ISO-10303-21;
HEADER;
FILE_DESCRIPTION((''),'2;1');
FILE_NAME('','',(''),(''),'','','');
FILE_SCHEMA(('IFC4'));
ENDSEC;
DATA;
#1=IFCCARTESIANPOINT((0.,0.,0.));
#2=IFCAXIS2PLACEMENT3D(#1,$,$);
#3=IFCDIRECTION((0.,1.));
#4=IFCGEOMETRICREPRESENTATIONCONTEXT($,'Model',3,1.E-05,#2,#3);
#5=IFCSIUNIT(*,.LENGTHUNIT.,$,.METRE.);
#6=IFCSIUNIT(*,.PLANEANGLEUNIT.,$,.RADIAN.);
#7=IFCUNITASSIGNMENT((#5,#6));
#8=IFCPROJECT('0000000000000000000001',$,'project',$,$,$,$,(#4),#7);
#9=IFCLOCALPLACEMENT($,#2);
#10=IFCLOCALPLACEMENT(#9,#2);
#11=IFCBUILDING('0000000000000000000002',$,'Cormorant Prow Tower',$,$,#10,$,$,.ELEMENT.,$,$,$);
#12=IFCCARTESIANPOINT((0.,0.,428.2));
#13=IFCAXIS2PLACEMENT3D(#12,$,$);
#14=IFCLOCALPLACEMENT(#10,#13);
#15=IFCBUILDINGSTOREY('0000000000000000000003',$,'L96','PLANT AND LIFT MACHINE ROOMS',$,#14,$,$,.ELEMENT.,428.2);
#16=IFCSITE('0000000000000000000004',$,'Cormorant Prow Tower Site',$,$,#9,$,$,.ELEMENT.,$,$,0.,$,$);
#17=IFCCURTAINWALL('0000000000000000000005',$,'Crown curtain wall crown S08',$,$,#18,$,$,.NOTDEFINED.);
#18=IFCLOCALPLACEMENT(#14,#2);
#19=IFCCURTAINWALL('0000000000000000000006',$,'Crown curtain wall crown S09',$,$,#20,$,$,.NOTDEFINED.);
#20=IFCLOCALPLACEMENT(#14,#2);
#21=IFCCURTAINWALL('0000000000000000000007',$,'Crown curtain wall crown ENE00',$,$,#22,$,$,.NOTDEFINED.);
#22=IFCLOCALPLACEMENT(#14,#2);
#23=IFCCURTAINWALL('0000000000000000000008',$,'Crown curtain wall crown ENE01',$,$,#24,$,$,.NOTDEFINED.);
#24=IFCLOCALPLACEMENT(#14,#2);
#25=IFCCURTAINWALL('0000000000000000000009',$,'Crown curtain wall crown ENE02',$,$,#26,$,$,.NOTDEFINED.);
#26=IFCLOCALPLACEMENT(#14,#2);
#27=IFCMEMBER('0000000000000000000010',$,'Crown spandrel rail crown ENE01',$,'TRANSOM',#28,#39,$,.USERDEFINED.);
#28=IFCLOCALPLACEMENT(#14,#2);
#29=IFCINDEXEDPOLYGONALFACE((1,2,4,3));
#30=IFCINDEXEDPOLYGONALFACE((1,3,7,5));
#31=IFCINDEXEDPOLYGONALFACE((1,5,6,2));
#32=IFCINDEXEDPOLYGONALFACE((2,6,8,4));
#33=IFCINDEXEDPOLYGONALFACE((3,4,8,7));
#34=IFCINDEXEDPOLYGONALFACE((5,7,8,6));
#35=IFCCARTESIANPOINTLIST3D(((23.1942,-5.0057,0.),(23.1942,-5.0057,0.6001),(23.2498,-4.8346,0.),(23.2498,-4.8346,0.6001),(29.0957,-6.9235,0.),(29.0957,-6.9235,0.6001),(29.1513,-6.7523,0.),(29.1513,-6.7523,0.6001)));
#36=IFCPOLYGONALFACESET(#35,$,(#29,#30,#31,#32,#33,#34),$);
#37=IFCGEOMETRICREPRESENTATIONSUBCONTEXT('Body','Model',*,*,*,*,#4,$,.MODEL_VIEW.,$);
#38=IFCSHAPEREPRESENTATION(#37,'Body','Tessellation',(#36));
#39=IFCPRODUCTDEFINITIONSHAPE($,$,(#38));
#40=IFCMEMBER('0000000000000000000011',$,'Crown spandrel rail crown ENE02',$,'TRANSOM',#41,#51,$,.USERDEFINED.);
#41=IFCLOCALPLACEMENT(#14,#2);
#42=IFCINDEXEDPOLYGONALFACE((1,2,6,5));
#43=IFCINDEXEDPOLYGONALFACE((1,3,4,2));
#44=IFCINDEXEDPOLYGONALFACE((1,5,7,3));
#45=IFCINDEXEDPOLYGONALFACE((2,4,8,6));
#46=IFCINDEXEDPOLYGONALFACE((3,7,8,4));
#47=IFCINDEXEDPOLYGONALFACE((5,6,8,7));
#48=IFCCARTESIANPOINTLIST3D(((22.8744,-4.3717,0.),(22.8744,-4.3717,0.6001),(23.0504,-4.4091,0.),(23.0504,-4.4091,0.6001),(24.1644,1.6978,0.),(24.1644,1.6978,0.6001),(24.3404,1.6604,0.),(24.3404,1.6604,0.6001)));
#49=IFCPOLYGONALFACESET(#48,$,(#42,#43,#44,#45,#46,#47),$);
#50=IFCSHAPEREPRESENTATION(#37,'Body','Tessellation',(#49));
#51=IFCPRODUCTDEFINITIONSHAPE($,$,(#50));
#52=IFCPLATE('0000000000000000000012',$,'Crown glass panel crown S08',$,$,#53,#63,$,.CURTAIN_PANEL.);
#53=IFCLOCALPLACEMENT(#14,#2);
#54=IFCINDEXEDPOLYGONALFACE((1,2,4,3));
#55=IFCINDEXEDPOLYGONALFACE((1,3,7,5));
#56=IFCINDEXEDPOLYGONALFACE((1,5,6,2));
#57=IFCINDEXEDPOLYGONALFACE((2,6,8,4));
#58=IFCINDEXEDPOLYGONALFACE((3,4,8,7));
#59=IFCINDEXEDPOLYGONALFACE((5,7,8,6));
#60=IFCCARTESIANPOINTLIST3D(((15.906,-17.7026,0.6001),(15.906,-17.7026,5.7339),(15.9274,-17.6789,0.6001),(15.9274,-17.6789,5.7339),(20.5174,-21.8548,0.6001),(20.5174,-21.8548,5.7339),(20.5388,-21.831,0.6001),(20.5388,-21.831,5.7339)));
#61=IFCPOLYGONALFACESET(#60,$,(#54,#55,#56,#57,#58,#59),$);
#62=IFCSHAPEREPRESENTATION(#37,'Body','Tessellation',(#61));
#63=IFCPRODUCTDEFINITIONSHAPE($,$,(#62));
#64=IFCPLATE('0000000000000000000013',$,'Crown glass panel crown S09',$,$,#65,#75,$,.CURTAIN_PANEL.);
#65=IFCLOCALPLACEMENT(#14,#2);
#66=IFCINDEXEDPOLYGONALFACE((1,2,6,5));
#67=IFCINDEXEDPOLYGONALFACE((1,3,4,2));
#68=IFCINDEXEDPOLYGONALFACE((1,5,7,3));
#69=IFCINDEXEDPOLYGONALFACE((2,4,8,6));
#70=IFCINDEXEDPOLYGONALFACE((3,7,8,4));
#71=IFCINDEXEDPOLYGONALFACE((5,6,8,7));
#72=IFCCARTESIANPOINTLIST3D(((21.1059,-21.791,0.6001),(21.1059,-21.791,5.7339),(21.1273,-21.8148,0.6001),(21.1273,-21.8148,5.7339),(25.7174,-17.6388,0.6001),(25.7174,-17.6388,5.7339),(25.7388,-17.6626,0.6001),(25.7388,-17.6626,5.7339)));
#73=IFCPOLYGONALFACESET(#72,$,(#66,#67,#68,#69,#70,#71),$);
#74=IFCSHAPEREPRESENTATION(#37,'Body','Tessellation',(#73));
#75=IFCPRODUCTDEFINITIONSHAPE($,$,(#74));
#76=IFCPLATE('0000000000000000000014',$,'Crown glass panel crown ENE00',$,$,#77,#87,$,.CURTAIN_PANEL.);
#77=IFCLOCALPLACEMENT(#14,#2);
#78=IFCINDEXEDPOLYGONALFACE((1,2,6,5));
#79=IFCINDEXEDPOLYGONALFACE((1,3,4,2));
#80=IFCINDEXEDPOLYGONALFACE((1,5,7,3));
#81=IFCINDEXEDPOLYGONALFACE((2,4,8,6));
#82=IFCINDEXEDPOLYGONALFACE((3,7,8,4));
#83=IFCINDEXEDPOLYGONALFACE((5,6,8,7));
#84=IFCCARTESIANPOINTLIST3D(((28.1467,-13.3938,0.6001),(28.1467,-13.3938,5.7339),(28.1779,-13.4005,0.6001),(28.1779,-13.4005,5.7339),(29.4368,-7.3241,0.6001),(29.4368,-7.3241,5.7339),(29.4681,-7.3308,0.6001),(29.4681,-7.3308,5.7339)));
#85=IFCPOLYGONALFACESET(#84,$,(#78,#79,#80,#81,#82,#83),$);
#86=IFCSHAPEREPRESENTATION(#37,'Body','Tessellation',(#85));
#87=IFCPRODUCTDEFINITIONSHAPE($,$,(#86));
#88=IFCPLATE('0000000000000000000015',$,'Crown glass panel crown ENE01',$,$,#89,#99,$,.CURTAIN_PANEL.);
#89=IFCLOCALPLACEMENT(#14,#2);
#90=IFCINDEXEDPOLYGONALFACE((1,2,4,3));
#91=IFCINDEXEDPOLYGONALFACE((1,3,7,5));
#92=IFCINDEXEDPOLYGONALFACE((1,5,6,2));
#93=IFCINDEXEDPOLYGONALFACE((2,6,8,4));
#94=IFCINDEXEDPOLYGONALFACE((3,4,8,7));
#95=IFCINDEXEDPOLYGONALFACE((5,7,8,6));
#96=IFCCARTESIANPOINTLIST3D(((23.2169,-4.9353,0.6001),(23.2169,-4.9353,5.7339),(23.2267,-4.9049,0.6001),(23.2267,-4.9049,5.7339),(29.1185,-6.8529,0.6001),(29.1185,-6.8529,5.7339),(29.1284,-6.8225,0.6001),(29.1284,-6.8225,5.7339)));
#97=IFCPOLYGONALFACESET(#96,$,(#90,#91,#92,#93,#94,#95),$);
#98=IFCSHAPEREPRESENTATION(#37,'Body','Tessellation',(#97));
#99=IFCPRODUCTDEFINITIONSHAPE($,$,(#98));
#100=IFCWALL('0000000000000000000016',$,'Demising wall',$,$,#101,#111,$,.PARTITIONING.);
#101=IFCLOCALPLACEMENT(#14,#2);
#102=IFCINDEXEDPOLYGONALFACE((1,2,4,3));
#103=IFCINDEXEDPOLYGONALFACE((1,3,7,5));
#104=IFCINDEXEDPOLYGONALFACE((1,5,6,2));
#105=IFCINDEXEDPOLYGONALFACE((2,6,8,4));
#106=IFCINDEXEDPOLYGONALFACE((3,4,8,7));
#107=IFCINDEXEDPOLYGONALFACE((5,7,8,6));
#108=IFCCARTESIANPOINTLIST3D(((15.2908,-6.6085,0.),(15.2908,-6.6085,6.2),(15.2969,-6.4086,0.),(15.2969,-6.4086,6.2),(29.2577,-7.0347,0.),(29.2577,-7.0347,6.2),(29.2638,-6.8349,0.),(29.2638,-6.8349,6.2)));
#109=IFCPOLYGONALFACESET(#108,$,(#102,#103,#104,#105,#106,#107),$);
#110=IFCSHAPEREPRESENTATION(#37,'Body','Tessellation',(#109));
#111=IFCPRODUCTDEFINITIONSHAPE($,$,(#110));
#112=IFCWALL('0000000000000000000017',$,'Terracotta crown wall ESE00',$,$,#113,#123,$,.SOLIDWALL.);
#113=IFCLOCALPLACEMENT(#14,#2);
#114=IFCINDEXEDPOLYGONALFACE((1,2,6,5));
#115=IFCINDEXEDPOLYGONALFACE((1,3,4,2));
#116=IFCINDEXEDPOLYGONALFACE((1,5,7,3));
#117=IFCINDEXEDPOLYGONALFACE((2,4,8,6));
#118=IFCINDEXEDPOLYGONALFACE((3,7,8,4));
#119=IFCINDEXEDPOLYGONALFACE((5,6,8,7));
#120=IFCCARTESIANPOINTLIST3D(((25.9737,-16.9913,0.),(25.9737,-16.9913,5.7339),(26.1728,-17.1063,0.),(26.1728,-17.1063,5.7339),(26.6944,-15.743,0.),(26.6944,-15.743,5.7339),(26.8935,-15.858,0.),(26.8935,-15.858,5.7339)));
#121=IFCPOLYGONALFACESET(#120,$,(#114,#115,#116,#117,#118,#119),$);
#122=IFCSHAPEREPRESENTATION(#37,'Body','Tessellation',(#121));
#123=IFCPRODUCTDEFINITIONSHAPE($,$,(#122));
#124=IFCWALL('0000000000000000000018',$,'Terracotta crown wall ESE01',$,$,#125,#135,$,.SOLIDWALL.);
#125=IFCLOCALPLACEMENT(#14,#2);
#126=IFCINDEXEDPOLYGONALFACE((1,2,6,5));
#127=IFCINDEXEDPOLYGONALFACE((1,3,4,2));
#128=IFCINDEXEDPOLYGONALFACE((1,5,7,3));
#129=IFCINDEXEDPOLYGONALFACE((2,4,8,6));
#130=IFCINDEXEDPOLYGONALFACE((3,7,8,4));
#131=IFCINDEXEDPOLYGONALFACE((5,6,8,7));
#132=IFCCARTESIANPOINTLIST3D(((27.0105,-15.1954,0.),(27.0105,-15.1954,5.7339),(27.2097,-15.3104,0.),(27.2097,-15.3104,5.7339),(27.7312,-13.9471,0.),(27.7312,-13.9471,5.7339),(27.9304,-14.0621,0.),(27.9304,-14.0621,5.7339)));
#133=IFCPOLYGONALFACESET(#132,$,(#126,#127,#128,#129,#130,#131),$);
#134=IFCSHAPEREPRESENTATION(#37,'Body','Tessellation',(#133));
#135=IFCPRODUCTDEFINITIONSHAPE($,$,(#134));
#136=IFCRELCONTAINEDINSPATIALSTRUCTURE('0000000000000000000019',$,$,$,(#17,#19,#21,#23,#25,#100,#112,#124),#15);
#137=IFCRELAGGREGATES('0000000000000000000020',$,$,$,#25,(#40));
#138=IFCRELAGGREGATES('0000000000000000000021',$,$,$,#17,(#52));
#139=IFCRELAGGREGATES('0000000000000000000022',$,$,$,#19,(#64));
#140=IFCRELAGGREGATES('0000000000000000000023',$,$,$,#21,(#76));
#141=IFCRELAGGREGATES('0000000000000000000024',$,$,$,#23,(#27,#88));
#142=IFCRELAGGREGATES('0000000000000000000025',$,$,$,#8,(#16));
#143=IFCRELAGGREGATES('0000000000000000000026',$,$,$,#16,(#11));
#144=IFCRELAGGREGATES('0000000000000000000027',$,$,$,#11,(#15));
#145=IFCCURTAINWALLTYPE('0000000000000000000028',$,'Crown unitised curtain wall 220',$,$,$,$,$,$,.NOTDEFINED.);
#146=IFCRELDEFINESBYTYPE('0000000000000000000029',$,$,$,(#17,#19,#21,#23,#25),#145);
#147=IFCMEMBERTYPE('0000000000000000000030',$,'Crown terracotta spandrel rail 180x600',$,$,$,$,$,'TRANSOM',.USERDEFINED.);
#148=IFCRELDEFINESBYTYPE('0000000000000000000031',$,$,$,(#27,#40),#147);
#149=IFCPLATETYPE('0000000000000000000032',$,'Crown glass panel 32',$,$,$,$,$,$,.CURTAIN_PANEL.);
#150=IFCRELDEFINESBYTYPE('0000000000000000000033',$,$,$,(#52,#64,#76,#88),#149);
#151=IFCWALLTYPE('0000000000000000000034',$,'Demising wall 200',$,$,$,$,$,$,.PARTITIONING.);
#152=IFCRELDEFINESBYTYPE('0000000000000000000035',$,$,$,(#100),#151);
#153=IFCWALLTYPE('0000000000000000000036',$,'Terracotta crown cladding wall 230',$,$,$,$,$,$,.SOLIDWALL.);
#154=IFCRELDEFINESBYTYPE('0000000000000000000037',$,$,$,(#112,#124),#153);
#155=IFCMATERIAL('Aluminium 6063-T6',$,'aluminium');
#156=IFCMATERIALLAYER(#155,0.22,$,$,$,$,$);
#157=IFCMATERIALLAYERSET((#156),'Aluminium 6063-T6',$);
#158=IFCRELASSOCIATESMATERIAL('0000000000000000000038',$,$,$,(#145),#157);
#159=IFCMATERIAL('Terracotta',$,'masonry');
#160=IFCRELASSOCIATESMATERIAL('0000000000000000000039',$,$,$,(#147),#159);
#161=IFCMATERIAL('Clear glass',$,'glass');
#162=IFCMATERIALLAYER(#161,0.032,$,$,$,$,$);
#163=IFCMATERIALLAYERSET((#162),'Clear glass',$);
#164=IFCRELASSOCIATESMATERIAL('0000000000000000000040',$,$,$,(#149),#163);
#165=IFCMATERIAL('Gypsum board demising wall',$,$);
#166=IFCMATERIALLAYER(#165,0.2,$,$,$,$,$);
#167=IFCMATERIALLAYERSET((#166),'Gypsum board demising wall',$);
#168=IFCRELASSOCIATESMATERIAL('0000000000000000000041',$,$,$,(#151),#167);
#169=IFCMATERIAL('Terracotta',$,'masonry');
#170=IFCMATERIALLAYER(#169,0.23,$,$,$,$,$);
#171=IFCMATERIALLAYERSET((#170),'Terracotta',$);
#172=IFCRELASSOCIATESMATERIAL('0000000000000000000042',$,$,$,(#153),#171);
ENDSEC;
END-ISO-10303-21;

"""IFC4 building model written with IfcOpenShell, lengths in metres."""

from ifc_helpers import new_model, si_unit, direction, frame, frame_2d, origin, origin_2d, place, context, subcontext, project, spatial, rectangle, extrude, material, layer, layer_set, material_profile, profile_set, type_object, element, aggregate, save


model = new_model("IFC4")

# Units and contexts
model_context = context("Model", 3, precision=1e-05, world=origin(), true_north=direction((0.0, 1.0)))
body_context = subcontext(model_context, "Body", "Model", "MODEL_VIEW")
ifc_project = project(units=[si_unit("LENGTHUNIT", "METRE"), si_unit("PLANEANGLEUNIT", "RADIAN")], contexts=[model_context])

# Site, building, storey
site_placement = place(None, origin())
site = spatial("IfcSite", under=ifc_project, at=site_placement, Name="Cormorant Prow Tower Site", CompositionType="ELEMENT", RefElevation=0.0)
building_placement = place(site_placement, origin())
building = spatial("IfcBuilding", under=site, at=building_placement, Name="Cormorant Prow Tower", CompositionType="ELEMENT")
storey_placement = place(building_placement, frame((0.0, 0.0, 428.2)))
storey = spatial("IfcBuildingStorey", under=building, at=storey_placement, Name="L96", Description="PLANT AND LIFT MACHINE ROOMS", CompositionType="ELEMENT", Elevation=428.2)

# Curtain walls
ifc_material_1 = material(Name="Aluminium 6063-T6", Category="aluminium")
ifc_layer_1 = layer(ifc_material_1, 0.22)
ifc_layer_set_1 = layer_set([ifc_layer_1], Name="Aluminium 6063-T6")
curtain_wall_type = type_object("IfcCurtainWallType", Name="Crown unitised curtain wall 220", PredefinedType="NOTDEFINED", material=ifc_layer_set_1)
curtain_wall_1_placement = place(storey_placement, origin())
curtain_wall_1 = element("IfcCurtainWall", 1, at=curtain_wall_1_placement, inside=storey, type_object=curtain_wall_type, Name="Crown curtain wall crown S08", PredefinedType="NOTDEFINED")
curtain_wall_2_placement = place(storey_placement, origin())
curtain_wall_2 = element("IfcCurtainWall", 2, at=curtain_wall_2_placement, inside=storey, type_object=curtain_wall_type, Name="Crown curtain wall crown S09", PredefinedType="NOTDEFINED")
curtain_wall_3_placement = place(storey_placement, origin())
curtain_wall_3 = element("IfcCurtainWall", 3, at=curtain_wall_3_placement, inside=storey, type_object=curtain_wall_type, Name="Crown curtain wall crown ENE00", PredefinedType="NOTDEFINED")
curtain_wall_4_placement = place(storey_placement, origin())
curtain_wall_4 = element("IfcCurtainWall", 4, at=curtain_wall_4_placement, inside=storey, type_object=curtain_wall_type, Name="Crown curtain wall crown ENE01", PredefinedType="NOTDEFINED")
curtain_wall_5_placement = place(storey_placement, origin())
curtain_wall_5 = element("IfcCurtainWall", 5, at=curtain_wall_5_placement, inside=storey, type_object=curtain_wall_type, Name="Crown curtain wall crown ENE02", PredefinedType="NOTDEFINED")

# Members
ifc_material_2 = material(Name="Terracotta", Category="masonry")
ifc_material_profile_1 = material_profile(ifc_material_2, rectangle(XDim=0.1799, YDim=0.6001, at=origin_2d()), Name="Crown terracotta spandrel rail 180x600")
ifc_profile_set_1 = profile_set([ifc_material_profile_1], Name="Terracotta")
member_type_1 = type_object("IfcMemberType", Name="Crown terracotta spandrel rail 180x600", ElementType="TRANSOM", PredefinedType="USERDEFINED", material=ifc_profile_set_1)
member_1_placement = place(storey_placement, frame((29.1235, -6.8379, 0.3), z_axis=(-0.951048, 0.309042, 0.0), x_axis=(-0.309042, -0.951048, 0.0)))
member_1 = element("IfcMember", 6, at=member_1_placement, type_object=member_type_1, Name="Crown spandrel rail crown ENE01", ObjectType="TRANSOM", PredefinedType="USERDEFINED", context=body_context, shape_type="SweptSolid", body=[
    extrude(rectangle(XDim=0.1799, YDim=0.6001, at=origin_2d()), origin(), (0.0, 0.0, 1.0), 6.2053),
])
member_2_placement = place(storey_placement, frame((22.9624, -4.3904, 0.3), z_axis=(0.207898, 0.978151, 0.0), x_axis=(-0.978151, 0.207898, 0.0)))
member_2 = element("IfcMember", 7, at=member_2_placement, type_object=member_type_1, Name="Crown spandrel rail crown ENE02", ObjectType="TRANSOM", PredefinedType="USERDEFINED", context=body_context, shape_type="SweptSolid", body=[
    extrude(rectangle(XDim=0.1799, YDim=0.6001, at=origin_2d()), origin(), (0.0, 0.0, 1.0), 6.2051),
])
aggregate(curtain_wall_5, [member_2])

# Plates
ifc_material_3 = material(Name="Clear glass", Category="glass")
ifc_layer_2 = layer(ifc_material_3, 0.032)
ifc_layer_set_2 = layer_set([ifc_layer_2], Name="Clear glass")
plate_type = type_object("IfcPlateType", Name="Crown glass panel 32", PredefinedType="CURTAIN_PANEL", material=ifc_layer_set_2)
plate_1_placement = place(storey_placement, frame((18.2224, -19.7668, 0.6001), z_axis=(0.0, 0.0, 1.0), x_axis=(0.743145, -0.669131, 0.0)))
plate_1 = element("IfcPlate", 8, at=plate_1_placement, type_object=plate_type, Name="Crown glass panel crown S08", PredefinedType="CURTAIN_PANEL", context=body_context, shape_type="SweptSolid", body=[
    extrude(rectangle(XDim=6.2053, YDim=0.032, at=origin_2d()), origin(), (0.0, 0.0, 1.0), 5.1338),
])
aggregate(curtain_wall_1, [plate_1])
plate_2_placement = place(storey_placement, frame((23.4224, -19.7268, 0.6001), z_axis=(0.0, 0.0, 1.0), x_axis=(0.743145, 0.669131, 0.0)))
plate_2 = element("IfcPlate", 9, at=plate_2_placement, type_object=plate_type, Name="Crown glass panel crown S09", PredefinedType="CURTAIN_PANEL", context=body_context, shape_type="SweptSolid", body=[
    extrude(rectangle(XDim=6.2053, YDim=0.032, at=origin_2d()), origin(), (0.0, 0.0, 1.0), 5.1338),
])
aggregate(curtain_wall_2, [plate_2])
plate_3_placement = place(storey_placement, frame((28.8074, -10.3623, 0.6001), z_axis=(0.0, 0.0, 1.0), x_axis=(0.207912, 0.978148, 0.0)))
plate_3 = element("IfcPlate", 10, at=plate_3_placement, type_object=plate_type, Name="Crown glass panel crown ENE00", PredefinedType="CURTAIN_PANEL", context=body_context, shape_type="SweptSolid", body=[
    extrude(rectangle(XDim=6.2053, YDim=0.032, at=origin_2d()), origin(), (0.0, 0.0, 1.0), 5.1338),
])
aggregate(curtain_wall_3, [plate_3])
plate_4_placement = place(storey_placement, frame((26.1726, -5.8789, 0.6001), z_axis=(0.0, 0.0, 1.0), x_axis=(-0.951057, 0.309017, 0.0)))
plate_4 = element("IfcPlate", 11, at=plate_4_placement, type_object=plate_type, Name="Crown glass panel crown ENE01", PredefinedType="CURTAIN_PANEL", context=body_context, shape_type="SweptSolid", body=[
    extrude(rectangle(XDim=6.2053, YDim=0.032, at=origin_2d()), origin(), (0.0, 0.0, 1.0), 5.1338),
])
aggregate(curtain_wall_4, [member_1, plate_4])

# Walls
ifc_material_4 = material(Name="Gypsum board demising wall")
ifc_layer_3 = layer(ifc_material_4, 0.2)
ifc_layer_set_3 = layer_set([ifc_layer_3], Name="Gypsum board demising wall")
wall_type_1 = type_object("IfcWallType", Name="Demising wall 200", PredefinedType="PARTITIONING", material=ifc_layer_set_3)
wall_placement = place(storey_placement, frame((15.2937, -6.5085, 0.0), z_axis=(0.0, 0.0, 1.0), x_axis=(0.999535, -0.030506, 0.0)))
element("IfcWall", 12, at=wall_placement, inside=storey, type_object=wall_type_1, Name="Demising wall", PredefinedType="PARTITIONING", context=body_context, shape_type="SweptSolid", body=[
    extrude(rectangle(XDim=13.9734, YDim=0.2, at=frame_2d((6.9868, 0.0))), origin(), (0.0, 0.0, 1.0), 6.2),
])
ifc_material_5 = material(Name="Terracotta", Category="masonry")
ifc_layer_4 = layer(ifc_material_5, 0.23)
ifc_layer_set_4 = layer_set([ifc_layer_4], Name="Terracotta")
wall_type_2 = type_object("IfcWallType", Name="Terracotta crown cladding wall 230", PredefinedType="SOLIDWALL", material=ifc_layer_set_4)
for number, where, z_axis, x_axis, name in (
    (13, (26.0732, -17.0488, 0.0), (0.0, 0.0, 1.0), (0.500001, 0.866025, 0.0), "Terracotta crown wall ESE00"),
    (14, (27.1101, -15.2529, 0.0), (0.0, 0.0, 1.0), (0.500001, 0.866025, 0.0), "Terracotta crown wall ESE01"),
):
    element("IfcWall", number, at=place(storey_placement, frame(where, z_axis=z_axis, x_axis=x_axis)), inside=storey, type_object=wall_type_2, Name=name, PredefinedType="SOLIDWALL", context=body_context, shape_type="SweptSolid", body=[
        extrude(rectangle(XDim=1.4414, YDim=0.23, at=frame_2d((0.7207, 0.0))), origin(), (0.0, 0.0, 1.0), 5.7339),
    ])

save(model, "model.ifc")
